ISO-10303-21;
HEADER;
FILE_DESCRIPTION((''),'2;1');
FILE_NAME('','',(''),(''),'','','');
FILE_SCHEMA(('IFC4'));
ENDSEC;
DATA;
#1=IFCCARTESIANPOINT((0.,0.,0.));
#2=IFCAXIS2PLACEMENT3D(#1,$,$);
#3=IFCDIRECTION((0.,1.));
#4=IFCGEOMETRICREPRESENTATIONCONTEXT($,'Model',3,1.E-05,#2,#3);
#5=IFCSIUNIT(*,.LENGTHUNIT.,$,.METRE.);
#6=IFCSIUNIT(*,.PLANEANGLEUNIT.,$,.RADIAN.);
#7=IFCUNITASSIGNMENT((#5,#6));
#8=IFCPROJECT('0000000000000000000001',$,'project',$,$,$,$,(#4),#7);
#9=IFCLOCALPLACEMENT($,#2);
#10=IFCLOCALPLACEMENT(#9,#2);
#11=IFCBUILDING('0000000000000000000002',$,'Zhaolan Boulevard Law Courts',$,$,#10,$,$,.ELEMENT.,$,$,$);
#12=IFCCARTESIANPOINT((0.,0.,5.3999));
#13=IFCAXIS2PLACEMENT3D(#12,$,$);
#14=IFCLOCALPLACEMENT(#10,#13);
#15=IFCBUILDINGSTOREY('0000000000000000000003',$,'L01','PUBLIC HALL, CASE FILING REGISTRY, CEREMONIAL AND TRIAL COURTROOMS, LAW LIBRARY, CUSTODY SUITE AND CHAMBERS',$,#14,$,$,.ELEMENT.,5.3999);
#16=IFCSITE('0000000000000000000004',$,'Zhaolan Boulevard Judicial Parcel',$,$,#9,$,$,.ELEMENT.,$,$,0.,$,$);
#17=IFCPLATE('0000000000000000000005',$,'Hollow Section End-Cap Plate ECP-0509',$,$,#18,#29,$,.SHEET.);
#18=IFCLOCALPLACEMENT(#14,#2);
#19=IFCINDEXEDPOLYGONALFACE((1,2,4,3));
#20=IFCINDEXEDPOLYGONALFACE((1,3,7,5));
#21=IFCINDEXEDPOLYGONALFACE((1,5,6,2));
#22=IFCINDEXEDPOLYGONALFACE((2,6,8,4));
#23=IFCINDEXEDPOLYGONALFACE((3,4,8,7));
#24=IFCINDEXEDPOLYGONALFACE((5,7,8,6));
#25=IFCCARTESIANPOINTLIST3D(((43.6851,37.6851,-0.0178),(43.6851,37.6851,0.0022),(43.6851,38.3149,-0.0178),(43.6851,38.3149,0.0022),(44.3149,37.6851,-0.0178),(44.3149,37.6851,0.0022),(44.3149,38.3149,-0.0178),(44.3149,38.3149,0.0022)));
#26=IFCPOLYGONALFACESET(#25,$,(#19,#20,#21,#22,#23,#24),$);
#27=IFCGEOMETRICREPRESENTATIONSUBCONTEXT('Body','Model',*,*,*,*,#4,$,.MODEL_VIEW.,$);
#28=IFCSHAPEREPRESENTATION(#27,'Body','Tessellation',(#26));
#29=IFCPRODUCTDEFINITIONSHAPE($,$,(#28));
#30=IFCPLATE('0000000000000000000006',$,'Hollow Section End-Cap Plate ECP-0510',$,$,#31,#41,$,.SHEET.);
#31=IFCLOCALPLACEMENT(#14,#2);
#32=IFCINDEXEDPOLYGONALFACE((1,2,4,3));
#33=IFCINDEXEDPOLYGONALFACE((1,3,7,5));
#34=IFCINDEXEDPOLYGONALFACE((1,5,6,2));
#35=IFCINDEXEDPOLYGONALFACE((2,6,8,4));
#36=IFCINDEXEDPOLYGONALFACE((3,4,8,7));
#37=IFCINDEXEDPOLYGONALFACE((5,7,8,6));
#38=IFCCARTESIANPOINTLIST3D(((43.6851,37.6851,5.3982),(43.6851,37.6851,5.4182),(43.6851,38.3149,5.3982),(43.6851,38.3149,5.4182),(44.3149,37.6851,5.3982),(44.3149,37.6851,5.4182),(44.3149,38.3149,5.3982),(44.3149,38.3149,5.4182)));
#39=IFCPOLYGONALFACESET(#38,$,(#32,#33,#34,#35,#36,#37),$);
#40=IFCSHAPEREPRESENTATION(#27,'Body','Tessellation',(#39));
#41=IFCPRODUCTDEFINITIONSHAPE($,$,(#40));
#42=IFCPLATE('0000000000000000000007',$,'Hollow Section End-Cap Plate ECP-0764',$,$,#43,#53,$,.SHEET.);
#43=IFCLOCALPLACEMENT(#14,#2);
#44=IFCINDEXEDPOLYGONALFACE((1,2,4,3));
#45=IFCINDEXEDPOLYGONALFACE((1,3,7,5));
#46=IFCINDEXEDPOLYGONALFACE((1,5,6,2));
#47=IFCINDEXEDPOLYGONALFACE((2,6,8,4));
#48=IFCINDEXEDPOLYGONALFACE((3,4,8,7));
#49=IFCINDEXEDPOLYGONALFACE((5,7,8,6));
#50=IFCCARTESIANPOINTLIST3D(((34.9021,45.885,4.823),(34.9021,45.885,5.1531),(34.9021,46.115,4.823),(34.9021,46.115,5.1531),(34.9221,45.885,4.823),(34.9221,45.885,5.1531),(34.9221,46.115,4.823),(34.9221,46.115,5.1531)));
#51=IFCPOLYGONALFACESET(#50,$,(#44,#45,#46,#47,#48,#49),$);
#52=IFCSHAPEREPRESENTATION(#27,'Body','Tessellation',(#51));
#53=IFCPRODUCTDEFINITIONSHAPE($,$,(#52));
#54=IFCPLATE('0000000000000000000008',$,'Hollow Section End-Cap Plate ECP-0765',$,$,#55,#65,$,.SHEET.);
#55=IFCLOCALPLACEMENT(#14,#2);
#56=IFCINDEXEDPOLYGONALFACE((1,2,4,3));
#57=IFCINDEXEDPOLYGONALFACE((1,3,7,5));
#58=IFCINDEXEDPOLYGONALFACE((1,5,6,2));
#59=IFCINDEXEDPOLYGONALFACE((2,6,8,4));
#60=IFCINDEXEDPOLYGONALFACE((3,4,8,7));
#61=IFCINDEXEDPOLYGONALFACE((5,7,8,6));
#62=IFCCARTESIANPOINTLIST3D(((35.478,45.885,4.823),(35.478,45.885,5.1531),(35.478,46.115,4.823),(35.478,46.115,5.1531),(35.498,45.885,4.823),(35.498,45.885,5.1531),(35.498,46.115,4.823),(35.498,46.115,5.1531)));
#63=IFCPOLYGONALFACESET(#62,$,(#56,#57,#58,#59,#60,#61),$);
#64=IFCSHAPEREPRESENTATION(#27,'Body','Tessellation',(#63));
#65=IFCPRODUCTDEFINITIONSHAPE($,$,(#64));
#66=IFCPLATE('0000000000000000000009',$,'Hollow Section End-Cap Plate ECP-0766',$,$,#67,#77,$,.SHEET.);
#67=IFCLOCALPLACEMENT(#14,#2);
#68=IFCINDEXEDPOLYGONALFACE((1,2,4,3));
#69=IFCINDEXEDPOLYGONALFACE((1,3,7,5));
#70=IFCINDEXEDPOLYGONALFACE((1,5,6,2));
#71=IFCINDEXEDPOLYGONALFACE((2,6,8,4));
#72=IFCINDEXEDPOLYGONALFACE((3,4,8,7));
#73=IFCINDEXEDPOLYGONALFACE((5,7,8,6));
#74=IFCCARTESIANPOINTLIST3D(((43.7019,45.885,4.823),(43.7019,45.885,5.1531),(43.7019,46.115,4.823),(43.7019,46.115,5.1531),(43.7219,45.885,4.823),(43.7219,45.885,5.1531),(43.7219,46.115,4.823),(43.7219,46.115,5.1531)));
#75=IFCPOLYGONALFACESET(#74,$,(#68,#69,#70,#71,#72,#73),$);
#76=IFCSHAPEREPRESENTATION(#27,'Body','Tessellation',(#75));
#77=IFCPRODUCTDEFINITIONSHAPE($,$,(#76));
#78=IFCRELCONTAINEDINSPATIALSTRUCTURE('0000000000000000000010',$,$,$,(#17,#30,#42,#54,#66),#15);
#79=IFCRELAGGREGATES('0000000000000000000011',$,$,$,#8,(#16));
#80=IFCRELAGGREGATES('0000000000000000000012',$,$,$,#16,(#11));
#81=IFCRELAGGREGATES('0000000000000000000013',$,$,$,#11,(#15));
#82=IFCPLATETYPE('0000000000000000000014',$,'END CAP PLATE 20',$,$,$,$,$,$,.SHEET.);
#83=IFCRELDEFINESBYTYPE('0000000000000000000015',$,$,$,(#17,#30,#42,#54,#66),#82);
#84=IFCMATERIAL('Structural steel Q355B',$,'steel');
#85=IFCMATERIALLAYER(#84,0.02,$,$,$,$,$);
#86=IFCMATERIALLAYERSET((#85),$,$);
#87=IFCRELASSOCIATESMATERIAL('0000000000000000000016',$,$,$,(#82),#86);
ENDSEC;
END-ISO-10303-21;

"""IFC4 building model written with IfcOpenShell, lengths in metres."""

from ifc_helpers import new_model, si_unit, direction, frame, origin, origin_2d, place, context, subcontext, project, spatial, rectangle, extrude, material, layer, layer_set, type_object, element, save


model = new_model("IFC4")

# Units and contexts
model_context = context("Model", 3, precision=1e-05, world=origin(), true_north=direction((0.0, 1.0)))
body_context = subcontext(model_context, "Body", "Model", "MODEL_VIEW")
ifc_project = project(units=[si_unit("LENGTHUNIT", "METRE"), si_unit("PLANEANGLEUNIT", "RADIAN")], contexts=[model_context])

# Site, building, storey
site_placement = place(None, origin())
site = spatial("IfcSite", under=ifc_project, at=site_placement, Name="Zhaolan Boulevard Judicial Parcel", CompositionType="ELEMENT", RefElevation=0.0)
building_placement = place(site_placement, origin())
building = spatial("IfcBuilding", under=site, at=building_placement, Name="Zhaolan Boulevard Law Courts", CompositionType="ELEMENT")
storey_placement = place(building_placement, frame((0.0, 0.0, 5.3999)))
storey = spatial("IfcBuildingStorey", under=building, at=storey_placement, Name="L01", Description="PUBLIC HALL, CASE FILING REGISTRY, CEREMONIAL AND TRIAL COURTROOMS, LAW LIBRARY, CUSTODY SUITE AND CHAMBERS", CompositionType="ELEMENT", Elevation=5.3999)

# Plates
ifc_material_1 = material(Name="Structural steel Q355B", Category="steel")
ifc_layer_1 = layer(ifc_material_1, 0.02)
ifc_layer_set_1 = layer_set([ifc_layer_1])
plate_type_1 = type_object("IfcPlateType", Name="END CAP PLATE 20", PredefinedType="SHEET", material=ifc_layer_set_1)
for number, where, z_axis, x_axis, name in (
    (1, (44.0, 38.0, -0.0178), (0.0, 0.0, 1.0), (1.0, 0.0, 0.0), "Hollow Section End-Cap Plate ECP-0509"),
    (2, (44.0, 38.0, 5.3982), (0.0, 0.0, 1.0), (1.0, 0.0, 0.0), "Hollow Section End-Cap Plate ECP-0510"),
):
    element("IfcPlate", number, at=place(storey_placement, frame(where, z_axis=z_axis, x_axis=x_axis)), inside=storey, type_object=plate_type_1, Name=name, PredefinedType="SHEET", context=body_context, shape_type="SweptSolid", body=[
        extrude(rectangle(XDim=0.6299, YDim=0.6299, at=origin_2d()), origin(), (0.0, 0.0, 1.0), 0.02),
    ])
for number, where, z_axis, x_axis, name in (
    (3, (34.9121, 46.0, 4.823), (0.0, 0.0, 1.0), (1.0, 0.0, 0.0), "Hollow Section End-Cap Plate ECP-0764"),
    (4, (35.488, 46.0, 4.823), (0.0, 0.0, 1.0), (1.0, 0.0, 0.0), "Hollow Section End-Cap Plate ECP-0765"),
    (5, (43.7119, 46.0, 4.823), (0.0, 0.0, 1.0), (1.0, 0.0, 0.0), "Hollow Section End-Cap Plate ECP-0766"),
):
    element("IfcPlate", number, at=place(storey_placement, frame(where, z_axis=z_axis, x_axis=x_axis)), inside=storey, type_object=plate_type_1, Name=name, PredefinedType="SHEET", context=body_context, shape_type="SweptSolid", body=[
        extrude(rectangle(XDim=0.02, YDim=0.23, at=origin_2d()), origin(), (0.0, 0.0, 1.0), 0.3301),
    ])

save(model, "model.ifc")
